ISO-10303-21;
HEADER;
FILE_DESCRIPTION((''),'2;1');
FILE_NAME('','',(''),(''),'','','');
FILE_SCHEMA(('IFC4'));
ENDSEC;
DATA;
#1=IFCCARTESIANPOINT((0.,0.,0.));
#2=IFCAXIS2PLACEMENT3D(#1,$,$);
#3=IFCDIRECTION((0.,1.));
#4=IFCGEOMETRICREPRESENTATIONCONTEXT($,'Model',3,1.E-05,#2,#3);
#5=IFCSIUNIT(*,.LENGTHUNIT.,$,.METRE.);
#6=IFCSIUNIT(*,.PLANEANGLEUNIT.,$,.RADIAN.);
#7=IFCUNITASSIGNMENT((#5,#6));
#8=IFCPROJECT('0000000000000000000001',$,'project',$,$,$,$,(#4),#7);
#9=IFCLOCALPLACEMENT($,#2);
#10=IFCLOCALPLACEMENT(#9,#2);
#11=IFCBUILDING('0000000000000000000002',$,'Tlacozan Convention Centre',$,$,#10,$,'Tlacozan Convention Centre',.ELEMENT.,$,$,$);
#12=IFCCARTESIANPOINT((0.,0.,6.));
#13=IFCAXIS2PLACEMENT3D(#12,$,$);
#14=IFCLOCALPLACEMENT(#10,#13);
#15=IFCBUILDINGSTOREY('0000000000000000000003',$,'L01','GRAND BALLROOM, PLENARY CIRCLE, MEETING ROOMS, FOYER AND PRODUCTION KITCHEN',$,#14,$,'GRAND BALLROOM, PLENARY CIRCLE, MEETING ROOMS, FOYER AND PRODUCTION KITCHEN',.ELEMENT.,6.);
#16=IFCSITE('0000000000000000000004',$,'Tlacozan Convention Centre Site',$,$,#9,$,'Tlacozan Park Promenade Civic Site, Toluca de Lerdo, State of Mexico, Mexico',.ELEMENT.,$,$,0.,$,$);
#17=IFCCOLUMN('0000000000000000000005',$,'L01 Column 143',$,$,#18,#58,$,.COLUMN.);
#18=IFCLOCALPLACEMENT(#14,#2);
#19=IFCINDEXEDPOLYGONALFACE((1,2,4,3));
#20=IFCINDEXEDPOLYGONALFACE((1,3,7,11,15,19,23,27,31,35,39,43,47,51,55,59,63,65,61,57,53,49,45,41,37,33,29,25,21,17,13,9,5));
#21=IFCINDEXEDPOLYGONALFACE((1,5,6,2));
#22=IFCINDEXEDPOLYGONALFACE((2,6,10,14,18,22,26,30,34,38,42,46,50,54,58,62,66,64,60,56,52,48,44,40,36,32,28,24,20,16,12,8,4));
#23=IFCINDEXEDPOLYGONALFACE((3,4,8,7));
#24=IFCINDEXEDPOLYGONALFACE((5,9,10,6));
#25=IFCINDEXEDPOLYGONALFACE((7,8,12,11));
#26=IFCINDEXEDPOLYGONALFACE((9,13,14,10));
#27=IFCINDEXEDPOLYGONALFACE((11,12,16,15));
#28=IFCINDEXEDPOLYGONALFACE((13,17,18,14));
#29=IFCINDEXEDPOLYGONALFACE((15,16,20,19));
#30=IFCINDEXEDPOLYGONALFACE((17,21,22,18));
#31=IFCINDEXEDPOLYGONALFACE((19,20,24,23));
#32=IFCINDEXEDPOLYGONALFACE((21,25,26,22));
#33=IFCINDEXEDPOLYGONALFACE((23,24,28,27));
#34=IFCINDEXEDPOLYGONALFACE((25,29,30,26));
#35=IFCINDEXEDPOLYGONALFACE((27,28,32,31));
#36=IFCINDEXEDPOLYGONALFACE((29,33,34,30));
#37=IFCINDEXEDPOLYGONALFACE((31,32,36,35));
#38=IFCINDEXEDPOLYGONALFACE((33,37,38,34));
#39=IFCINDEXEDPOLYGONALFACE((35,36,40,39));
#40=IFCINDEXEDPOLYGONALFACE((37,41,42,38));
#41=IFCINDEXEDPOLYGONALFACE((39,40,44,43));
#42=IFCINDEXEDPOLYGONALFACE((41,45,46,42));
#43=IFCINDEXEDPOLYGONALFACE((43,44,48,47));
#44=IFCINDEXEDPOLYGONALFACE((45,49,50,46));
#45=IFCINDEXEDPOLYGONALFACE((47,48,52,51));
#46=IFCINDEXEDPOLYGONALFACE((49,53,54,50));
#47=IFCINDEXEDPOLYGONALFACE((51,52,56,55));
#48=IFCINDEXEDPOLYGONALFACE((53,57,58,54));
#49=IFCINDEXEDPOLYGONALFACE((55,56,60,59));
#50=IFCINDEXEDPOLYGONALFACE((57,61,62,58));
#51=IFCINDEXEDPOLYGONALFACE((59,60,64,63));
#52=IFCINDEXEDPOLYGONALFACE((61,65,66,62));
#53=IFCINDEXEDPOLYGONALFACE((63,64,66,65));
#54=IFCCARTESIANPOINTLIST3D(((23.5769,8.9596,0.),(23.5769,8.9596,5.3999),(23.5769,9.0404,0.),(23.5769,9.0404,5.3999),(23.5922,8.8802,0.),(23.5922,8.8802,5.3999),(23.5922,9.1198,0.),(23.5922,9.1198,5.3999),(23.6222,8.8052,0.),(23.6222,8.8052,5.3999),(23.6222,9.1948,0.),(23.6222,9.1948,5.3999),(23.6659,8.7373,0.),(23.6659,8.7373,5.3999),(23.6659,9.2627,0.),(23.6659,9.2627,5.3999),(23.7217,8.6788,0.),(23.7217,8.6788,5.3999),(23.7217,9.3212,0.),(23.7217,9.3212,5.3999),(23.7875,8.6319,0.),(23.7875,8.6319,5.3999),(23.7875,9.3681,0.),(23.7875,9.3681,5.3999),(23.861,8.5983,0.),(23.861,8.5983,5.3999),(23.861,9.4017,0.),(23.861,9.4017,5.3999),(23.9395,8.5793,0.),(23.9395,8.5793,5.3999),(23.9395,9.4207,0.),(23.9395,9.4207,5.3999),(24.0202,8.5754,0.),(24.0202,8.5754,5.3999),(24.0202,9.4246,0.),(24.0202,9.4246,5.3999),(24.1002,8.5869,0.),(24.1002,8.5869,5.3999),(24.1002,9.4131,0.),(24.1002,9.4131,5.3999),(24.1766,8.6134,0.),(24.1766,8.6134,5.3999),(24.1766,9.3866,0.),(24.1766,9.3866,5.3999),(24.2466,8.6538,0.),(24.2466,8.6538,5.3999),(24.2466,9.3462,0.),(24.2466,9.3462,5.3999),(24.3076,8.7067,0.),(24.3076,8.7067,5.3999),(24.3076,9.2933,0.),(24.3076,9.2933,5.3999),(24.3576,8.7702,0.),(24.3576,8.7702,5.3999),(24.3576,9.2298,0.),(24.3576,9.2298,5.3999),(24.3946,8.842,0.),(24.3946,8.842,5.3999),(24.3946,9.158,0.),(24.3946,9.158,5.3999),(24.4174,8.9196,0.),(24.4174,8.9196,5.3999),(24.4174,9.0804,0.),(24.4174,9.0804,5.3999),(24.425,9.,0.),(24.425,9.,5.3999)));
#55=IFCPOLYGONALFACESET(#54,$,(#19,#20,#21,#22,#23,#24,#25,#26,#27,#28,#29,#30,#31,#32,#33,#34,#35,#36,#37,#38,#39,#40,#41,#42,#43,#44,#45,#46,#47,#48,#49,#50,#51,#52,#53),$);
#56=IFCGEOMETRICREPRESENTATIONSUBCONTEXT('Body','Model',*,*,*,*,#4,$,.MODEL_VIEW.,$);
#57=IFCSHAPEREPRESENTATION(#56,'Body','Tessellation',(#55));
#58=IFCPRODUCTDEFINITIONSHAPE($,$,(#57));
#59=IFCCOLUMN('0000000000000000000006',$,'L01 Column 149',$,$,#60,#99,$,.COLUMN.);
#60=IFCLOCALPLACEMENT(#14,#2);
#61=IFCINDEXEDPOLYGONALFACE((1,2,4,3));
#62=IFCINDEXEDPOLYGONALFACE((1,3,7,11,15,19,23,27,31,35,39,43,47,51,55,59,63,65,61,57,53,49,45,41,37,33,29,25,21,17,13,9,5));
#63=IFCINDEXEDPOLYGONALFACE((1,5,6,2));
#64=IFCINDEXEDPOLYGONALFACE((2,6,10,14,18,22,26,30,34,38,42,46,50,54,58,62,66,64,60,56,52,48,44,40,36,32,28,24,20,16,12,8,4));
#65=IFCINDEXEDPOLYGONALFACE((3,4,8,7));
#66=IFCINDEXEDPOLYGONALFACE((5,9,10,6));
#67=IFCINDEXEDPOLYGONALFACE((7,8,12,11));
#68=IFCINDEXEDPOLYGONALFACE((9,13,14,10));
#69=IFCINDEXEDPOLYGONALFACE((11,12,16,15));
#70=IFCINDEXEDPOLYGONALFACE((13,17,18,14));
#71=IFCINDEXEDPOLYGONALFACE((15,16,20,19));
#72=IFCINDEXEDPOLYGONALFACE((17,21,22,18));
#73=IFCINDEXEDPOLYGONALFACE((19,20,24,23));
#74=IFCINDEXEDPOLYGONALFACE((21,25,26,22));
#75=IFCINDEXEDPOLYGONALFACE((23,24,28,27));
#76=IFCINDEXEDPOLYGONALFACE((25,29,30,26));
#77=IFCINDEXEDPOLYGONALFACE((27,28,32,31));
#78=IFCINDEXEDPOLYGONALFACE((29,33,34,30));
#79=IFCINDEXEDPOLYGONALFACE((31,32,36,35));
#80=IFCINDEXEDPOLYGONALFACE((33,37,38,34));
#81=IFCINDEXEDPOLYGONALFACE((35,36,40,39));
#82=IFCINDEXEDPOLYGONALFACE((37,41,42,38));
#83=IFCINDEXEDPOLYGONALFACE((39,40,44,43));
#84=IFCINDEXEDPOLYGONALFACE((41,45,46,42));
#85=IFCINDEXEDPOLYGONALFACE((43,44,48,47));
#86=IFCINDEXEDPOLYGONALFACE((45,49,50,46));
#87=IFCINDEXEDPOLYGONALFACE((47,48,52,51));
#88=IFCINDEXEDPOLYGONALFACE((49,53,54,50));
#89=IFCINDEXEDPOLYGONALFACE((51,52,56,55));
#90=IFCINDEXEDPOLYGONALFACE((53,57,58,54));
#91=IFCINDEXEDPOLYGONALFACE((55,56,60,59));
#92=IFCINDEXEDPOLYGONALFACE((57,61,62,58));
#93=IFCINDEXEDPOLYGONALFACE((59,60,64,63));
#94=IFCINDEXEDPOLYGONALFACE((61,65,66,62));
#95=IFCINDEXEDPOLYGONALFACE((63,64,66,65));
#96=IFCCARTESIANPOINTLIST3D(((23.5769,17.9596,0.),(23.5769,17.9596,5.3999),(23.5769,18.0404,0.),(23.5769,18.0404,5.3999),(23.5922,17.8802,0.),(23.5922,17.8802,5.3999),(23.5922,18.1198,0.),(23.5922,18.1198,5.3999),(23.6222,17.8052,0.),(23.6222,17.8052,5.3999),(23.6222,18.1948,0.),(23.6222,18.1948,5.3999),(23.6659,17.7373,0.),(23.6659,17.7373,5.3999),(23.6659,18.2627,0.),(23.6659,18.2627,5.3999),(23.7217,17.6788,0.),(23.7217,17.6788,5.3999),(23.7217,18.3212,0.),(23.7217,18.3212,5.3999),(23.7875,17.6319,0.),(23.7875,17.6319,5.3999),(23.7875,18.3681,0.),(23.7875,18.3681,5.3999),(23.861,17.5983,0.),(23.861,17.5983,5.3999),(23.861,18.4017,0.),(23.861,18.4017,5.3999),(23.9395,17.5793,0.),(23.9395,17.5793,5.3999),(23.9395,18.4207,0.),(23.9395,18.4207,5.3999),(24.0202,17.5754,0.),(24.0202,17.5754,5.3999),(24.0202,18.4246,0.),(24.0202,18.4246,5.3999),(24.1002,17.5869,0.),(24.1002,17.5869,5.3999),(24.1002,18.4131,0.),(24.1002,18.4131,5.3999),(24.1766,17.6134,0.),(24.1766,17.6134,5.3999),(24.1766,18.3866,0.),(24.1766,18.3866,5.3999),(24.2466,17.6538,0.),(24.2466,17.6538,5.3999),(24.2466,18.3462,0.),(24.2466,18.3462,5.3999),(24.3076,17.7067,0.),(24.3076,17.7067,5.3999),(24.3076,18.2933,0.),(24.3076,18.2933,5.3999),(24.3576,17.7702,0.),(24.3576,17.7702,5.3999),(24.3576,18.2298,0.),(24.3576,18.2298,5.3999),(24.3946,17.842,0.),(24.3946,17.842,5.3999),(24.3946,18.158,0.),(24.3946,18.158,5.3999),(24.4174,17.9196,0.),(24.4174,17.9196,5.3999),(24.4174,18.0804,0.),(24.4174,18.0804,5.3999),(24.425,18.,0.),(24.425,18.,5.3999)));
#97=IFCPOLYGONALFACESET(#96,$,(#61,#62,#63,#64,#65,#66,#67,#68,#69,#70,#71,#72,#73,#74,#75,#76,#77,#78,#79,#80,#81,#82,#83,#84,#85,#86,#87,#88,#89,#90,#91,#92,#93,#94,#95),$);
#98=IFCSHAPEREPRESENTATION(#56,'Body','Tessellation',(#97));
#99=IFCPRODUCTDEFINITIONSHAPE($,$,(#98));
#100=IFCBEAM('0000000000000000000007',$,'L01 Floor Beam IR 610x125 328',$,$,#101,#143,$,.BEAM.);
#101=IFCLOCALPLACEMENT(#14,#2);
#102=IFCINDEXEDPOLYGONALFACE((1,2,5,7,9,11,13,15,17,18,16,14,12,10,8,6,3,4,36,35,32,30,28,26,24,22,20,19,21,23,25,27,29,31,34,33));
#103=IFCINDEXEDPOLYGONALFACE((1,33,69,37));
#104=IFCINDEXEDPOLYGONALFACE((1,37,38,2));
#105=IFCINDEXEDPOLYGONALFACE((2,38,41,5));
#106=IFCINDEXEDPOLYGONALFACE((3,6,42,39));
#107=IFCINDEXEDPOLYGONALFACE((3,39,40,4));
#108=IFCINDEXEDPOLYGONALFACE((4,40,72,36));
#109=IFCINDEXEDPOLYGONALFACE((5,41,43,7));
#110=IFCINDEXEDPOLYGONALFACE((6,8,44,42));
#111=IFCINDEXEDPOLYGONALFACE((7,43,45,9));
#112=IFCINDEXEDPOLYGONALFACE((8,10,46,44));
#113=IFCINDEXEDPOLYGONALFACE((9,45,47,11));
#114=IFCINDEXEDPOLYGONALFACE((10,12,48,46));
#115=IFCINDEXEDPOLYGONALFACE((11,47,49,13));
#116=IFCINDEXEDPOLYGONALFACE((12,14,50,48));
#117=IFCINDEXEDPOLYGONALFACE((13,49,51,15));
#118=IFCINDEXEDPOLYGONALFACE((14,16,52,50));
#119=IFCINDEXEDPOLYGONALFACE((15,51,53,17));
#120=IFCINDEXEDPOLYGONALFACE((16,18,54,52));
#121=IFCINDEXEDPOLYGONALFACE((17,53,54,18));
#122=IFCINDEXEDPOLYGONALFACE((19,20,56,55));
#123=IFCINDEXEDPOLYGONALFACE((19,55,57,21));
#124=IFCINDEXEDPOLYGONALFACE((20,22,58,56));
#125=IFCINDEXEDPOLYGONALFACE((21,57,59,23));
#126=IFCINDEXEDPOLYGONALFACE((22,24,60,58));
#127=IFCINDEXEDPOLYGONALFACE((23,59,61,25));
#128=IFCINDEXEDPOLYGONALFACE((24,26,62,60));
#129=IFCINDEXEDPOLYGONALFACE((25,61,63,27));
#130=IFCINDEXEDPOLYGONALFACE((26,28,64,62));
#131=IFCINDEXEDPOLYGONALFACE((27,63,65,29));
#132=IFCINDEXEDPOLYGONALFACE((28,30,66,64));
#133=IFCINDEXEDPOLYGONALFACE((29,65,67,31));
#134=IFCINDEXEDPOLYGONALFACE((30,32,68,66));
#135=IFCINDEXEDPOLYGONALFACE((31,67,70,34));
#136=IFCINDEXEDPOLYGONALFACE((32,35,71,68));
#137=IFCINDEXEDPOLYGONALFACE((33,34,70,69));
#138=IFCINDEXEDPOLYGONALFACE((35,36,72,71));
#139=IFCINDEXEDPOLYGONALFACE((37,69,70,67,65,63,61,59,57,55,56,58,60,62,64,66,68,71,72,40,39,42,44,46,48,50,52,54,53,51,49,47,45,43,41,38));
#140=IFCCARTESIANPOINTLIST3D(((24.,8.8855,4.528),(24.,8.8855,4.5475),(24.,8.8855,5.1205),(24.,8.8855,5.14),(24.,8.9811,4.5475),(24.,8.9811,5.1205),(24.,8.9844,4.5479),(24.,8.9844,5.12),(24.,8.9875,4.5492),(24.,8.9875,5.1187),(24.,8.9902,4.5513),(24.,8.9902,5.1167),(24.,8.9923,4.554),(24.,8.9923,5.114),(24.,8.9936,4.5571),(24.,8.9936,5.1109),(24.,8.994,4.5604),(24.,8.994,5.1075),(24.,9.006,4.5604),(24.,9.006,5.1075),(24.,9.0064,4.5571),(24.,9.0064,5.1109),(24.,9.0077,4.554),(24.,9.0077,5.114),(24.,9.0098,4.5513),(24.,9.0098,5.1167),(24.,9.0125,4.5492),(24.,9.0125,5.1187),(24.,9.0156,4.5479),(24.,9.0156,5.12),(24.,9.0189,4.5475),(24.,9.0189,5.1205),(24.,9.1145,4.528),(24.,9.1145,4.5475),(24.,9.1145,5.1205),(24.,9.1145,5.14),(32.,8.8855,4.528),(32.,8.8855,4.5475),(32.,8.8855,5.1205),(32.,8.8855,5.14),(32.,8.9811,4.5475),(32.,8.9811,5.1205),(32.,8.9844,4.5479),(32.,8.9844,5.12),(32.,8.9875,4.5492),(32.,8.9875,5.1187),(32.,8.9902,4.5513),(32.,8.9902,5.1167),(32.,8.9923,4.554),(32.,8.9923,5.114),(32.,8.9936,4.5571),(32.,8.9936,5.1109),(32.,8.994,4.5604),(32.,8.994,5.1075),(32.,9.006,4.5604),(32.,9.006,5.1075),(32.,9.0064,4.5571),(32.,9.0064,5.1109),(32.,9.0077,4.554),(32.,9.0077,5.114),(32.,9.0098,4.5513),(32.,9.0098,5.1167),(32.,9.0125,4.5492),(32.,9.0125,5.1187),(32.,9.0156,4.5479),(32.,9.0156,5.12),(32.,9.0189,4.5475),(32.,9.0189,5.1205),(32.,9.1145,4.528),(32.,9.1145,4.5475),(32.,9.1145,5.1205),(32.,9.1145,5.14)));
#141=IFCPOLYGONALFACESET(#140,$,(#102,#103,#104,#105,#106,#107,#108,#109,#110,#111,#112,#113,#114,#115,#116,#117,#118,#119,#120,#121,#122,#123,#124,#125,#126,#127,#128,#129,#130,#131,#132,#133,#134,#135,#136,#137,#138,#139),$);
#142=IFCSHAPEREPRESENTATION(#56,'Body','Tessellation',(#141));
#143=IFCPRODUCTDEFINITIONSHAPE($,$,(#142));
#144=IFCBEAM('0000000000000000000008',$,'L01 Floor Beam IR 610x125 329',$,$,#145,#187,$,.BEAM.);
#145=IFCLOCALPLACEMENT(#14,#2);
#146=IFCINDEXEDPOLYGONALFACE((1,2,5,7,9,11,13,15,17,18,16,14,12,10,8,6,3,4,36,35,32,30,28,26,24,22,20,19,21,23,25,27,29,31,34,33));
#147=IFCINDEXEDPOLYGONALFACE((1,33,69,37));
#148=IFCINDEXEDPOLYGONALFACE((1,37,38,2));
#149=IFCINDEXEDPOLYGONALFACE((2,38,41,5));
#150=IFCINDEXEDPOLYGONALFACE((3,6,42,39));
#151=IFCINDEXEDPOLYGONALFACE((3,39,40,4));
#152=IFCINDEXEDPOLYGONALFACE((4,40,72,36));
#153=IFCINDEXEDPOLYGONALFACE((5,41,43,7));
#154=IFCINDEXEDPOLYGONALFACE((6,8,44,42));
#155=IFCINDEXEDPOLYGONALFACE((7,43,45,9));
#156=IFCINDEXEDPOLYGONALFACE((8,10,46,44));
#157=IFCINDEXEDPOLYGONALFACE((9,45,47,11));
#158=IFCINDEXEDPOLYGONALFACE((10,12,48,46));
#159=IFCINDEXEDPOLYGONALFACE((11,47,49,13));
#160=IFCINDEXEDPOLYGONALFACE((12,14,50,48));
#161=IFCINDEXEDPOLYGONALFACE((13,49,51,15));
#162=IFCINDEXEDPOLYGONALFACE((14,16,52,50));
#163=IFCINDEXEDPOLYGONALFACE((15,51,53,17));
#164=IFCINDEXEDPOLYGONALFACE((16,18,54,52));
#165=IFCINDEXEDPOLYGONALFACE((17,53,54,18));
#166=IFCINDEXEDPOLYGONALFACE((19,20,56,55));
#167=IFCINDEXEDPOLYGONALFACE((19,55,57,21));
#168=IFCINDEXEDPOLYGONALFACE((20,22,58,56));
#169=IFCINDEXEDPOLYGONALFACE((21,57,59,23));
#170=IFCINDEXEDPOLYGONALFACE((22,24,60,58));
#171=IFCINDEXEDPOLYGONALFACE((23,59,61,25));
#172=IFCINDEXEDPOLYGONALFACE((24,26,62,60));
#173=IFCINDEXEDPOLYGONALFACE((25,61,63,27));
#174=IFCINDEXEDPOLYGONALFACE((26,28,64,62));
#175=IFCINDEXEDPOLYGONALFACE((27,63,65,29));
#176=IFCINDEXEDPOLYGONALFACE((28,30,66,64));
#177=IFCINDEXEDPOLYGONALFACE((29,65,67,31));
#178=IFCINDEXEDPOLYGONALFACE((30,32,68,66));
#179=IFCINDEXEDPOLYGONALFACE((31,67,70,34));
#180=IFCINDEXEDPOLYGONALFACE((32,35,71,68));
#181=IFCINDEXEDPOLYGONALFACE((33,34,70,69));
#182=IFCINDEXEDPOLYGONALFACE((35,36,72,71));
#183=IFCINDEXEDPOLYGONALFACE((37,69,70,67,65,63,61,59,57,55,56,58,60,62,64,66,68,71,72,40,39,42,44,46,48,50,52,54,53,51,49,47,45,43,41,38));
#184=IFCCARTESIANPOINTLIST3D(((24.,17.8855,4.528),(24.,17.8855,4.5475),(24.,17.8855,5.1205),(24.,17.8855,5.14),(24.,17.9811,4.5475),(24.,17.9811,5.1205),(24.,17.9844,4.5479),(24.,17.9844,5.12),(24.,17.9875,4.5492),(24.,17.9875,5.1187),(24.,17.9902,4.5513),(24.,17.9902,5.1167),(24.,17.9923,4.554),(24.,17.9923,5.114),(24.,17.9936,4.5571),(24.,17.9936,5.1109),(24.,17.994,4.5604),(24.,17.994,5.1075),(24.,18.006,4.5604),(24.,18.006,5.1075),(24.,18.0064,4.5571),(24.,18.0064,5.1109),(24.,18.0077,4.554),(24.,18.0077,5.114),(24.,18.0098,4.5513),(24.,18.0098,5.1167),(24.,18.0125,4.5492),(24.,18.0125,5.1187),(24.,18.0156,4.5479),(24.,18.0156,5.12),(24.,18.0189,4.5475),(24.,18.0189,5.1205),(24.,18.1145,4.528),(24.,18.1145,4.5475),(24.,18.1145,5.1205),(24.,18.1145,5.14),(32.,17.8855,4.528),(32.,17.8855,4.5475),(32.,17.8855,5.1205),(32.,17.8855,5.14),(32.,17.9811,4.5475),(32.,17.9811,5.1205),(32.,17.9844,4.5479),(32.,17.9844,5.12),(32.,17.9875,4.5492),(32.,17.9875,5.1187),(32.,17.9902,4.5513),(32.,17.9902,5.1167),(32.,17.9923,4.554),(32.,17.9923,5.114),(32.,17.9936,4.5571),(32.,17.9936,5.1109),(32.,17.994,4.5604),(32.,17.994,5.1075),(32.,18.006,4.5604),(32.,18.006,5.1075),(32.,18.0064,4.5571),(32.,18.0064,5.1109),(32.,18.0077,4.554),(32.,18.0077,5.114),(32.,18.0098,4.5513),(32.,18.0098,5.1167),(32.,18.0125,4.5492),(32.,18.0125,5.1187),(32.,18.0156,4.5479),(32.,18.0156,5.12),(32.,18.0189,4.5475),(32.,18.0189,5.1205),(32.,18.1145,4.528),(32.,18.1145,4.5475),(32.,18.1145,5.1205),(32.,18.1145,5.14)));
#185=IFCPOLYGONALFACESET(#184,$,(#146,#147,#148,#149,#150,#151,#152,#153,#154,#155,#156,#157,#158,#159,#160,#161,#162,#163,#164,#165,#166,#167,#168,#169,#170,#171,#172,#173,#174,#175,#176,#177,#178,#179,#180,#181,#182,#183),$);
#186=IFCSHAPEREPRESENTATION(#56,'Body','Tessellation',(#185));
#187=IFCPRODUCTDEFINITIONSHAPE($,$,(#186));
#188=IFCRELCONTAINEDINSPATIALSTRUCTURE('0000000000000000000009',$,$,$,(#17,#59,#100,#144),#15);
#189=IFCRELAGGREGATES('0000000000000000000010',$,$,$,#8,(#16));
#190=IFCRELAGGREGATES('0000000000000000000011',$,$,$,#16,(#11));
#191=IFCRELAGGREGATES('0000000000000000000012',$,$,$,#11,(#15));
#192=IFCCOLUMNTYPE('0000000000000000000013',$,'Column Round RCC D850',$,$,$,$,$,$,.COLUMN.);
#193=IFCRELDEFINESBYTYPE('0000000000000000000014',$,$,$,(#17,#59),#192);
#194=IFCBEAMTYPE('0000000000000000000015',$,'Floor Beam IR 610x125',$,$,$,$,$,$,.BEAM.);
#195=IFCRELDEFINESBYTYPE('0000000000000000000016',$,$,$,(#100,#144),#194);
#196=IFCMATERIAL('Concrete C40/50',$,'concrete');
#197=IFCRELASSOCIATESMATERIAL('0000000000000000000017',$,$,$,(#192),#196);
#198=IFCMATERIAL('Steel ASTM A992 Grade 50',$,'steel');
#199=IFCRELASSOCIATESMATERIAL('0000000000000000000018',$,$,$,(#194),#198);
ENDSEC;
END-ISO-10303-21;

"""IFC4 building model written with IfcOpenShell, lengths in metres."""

from ifc_helpers import new_model, si_unit, direction, frame, origin, origin_2d, place, context, subcontext, project, spatial, circle, i_section, extrude, material, material_profile, profile_set, type_object, element, save


model = new_model("IFC4")

# Units and contexts
model_context = context("Model", 3, precision=1e-05, world=origin(), true_north=direction((0.0, 1.0)))
body_context = subcontext(model_context, "Body", "Model", "MODEL_VIEW")
ifc_project = project(units=[si_unit("LENGTHUNIT", "METRE"), si_unit("PLANEANGLEUNIT", "RADIAN")], contexts=[model_context])

# Site, building, storey
site_placement = place(None, origin())
site = spatial("IfcSite", under=ifc_project, at=site_placement, Name="Tlacozan Convention Centre Site", LongName="Tlacozan Park Promenade Civic Site, Toluca de Lerdo, State of Mexico, Mexico", CompositionType="ELEMENT", RefElevation=0.0)
building_placement = place(site_placement, origin())
building = spatial("IfcBuilding", under=site, at=building_placement, Name="Tlacozan Convention Centre", LongName="Tlacozan Convention Centre", CompositionType="ELEMENT")
storey_placement = place(building_placement, frame((0.0, 0.0, 6.0)))
storey = spatial("IfcBuildingStorey", under=building, at=storey_placement, Name="L01", Description="GRAND BALLROOM, PLENARY CIRCLE, MEETING ROOMS, FOYER AND PRODUCTION KITCHEN", LongName="GRAND BALLROOM, PLENARY CIRCLE, MEETING ROOMS, FOYER AND PRODUCTION KITCHEN", CompositionType="ELEMENT", Elevation=6.0)

# Columns
ifc_material_1 = material(Name="Concrete C40/50", Category="concrete")
ifc_material_profile_1 = material_profile(ifc_material_1, circle(Radius=0.425, at=origin_2d()), Name="RCC D850")
ifc_profile_set_1 = profile_set([ifc_material_profile_1], Name="Concrete C40/50")
column_type = type_object("IfcColumnType", Name="Column Round RCC D850", PredefinedType="COLUMN", material=ifc_profile_set_1)
for number, where, z_axis, x_axis, name in (
    (1, (24.0, 9.0, 0.0), (0.0, 0.0, 1.0), (1.0, 0.0, 0.0), "L01 Column 143"),
    (2, (24.0, 18.0, 0.0), (0.0, 0.0, 1.0), (1.0, 0.0, 0.0), "L01 Column 149"),
):
    element("IfcColumn", number, at=place(storey_placement, frame(where, z_axis=z_axis, x_axis=x_axis)), inside=storey, type_object=column_type, Name=name, PredefinedType="COLUMN", context=body_context, shape_type="SweptSolid", body=[
        extrude(circle(Radius=0.425, at=origin_2d()), origin(), (0.0, 0.0, 1.0), 5.3999),
    ])

# Beams
ifc_material_2 = material(Name="Steel ASTM A992 Grade 50", Category="steel")
ifc_material_profile_2 = material_profile(ifc_material_2, i_section(OverallWidth=0.229, OverallDepth=0.6121, WebThickness=0.012, FlangeThickness=0.0195, FilletRadius=0.0129, at=origin_2d()), Name="IR 610x125.0")
ifc_profile_set_2 = profile_set([ifc_material_profile_2], Name="Steel ASTM A992 Grade 50")
beam_type_1 = type_object("IfcBeamType", Name="Floor Beam IR 610x125", PredefinedType="BEAM", material=ifc_profile_set_2)
for number, where, z_axis, x_axis, name in (
    (3, (24.0, 9.0, 4.834), (1.0, 0.0, 0.0), (0.0, 1.0, 0.0), "L01 Floor Beam IR 610x125 328"),
    (4, (24.0, 18.0, 4.834), (1.0, 0.0, 0.0), (0.0, 1.0, 0.0), "L01 Floor Beam IR 610x125 329"),
):
    element("IfcBeam", number, at=place(storey_placement, frame(where, z_axis=z_axis, x_axis=x_axis)), inside=storey, type_object=beam_type_1, Name=name, PredefinedType="BEAM", context=body_context, shape_type="SweptSolid", body=[
        extrude(i_section(OverallWidth=0.229, OverallDepth=0.6121, WebThickness=0.012, FlangeThickness=0.0195, FilletRadius=0.0129, at=origin_2d()), origin(), (0.0, 0.0, 1.0), 8.0),
    ])

save(model, "model.ifc")
